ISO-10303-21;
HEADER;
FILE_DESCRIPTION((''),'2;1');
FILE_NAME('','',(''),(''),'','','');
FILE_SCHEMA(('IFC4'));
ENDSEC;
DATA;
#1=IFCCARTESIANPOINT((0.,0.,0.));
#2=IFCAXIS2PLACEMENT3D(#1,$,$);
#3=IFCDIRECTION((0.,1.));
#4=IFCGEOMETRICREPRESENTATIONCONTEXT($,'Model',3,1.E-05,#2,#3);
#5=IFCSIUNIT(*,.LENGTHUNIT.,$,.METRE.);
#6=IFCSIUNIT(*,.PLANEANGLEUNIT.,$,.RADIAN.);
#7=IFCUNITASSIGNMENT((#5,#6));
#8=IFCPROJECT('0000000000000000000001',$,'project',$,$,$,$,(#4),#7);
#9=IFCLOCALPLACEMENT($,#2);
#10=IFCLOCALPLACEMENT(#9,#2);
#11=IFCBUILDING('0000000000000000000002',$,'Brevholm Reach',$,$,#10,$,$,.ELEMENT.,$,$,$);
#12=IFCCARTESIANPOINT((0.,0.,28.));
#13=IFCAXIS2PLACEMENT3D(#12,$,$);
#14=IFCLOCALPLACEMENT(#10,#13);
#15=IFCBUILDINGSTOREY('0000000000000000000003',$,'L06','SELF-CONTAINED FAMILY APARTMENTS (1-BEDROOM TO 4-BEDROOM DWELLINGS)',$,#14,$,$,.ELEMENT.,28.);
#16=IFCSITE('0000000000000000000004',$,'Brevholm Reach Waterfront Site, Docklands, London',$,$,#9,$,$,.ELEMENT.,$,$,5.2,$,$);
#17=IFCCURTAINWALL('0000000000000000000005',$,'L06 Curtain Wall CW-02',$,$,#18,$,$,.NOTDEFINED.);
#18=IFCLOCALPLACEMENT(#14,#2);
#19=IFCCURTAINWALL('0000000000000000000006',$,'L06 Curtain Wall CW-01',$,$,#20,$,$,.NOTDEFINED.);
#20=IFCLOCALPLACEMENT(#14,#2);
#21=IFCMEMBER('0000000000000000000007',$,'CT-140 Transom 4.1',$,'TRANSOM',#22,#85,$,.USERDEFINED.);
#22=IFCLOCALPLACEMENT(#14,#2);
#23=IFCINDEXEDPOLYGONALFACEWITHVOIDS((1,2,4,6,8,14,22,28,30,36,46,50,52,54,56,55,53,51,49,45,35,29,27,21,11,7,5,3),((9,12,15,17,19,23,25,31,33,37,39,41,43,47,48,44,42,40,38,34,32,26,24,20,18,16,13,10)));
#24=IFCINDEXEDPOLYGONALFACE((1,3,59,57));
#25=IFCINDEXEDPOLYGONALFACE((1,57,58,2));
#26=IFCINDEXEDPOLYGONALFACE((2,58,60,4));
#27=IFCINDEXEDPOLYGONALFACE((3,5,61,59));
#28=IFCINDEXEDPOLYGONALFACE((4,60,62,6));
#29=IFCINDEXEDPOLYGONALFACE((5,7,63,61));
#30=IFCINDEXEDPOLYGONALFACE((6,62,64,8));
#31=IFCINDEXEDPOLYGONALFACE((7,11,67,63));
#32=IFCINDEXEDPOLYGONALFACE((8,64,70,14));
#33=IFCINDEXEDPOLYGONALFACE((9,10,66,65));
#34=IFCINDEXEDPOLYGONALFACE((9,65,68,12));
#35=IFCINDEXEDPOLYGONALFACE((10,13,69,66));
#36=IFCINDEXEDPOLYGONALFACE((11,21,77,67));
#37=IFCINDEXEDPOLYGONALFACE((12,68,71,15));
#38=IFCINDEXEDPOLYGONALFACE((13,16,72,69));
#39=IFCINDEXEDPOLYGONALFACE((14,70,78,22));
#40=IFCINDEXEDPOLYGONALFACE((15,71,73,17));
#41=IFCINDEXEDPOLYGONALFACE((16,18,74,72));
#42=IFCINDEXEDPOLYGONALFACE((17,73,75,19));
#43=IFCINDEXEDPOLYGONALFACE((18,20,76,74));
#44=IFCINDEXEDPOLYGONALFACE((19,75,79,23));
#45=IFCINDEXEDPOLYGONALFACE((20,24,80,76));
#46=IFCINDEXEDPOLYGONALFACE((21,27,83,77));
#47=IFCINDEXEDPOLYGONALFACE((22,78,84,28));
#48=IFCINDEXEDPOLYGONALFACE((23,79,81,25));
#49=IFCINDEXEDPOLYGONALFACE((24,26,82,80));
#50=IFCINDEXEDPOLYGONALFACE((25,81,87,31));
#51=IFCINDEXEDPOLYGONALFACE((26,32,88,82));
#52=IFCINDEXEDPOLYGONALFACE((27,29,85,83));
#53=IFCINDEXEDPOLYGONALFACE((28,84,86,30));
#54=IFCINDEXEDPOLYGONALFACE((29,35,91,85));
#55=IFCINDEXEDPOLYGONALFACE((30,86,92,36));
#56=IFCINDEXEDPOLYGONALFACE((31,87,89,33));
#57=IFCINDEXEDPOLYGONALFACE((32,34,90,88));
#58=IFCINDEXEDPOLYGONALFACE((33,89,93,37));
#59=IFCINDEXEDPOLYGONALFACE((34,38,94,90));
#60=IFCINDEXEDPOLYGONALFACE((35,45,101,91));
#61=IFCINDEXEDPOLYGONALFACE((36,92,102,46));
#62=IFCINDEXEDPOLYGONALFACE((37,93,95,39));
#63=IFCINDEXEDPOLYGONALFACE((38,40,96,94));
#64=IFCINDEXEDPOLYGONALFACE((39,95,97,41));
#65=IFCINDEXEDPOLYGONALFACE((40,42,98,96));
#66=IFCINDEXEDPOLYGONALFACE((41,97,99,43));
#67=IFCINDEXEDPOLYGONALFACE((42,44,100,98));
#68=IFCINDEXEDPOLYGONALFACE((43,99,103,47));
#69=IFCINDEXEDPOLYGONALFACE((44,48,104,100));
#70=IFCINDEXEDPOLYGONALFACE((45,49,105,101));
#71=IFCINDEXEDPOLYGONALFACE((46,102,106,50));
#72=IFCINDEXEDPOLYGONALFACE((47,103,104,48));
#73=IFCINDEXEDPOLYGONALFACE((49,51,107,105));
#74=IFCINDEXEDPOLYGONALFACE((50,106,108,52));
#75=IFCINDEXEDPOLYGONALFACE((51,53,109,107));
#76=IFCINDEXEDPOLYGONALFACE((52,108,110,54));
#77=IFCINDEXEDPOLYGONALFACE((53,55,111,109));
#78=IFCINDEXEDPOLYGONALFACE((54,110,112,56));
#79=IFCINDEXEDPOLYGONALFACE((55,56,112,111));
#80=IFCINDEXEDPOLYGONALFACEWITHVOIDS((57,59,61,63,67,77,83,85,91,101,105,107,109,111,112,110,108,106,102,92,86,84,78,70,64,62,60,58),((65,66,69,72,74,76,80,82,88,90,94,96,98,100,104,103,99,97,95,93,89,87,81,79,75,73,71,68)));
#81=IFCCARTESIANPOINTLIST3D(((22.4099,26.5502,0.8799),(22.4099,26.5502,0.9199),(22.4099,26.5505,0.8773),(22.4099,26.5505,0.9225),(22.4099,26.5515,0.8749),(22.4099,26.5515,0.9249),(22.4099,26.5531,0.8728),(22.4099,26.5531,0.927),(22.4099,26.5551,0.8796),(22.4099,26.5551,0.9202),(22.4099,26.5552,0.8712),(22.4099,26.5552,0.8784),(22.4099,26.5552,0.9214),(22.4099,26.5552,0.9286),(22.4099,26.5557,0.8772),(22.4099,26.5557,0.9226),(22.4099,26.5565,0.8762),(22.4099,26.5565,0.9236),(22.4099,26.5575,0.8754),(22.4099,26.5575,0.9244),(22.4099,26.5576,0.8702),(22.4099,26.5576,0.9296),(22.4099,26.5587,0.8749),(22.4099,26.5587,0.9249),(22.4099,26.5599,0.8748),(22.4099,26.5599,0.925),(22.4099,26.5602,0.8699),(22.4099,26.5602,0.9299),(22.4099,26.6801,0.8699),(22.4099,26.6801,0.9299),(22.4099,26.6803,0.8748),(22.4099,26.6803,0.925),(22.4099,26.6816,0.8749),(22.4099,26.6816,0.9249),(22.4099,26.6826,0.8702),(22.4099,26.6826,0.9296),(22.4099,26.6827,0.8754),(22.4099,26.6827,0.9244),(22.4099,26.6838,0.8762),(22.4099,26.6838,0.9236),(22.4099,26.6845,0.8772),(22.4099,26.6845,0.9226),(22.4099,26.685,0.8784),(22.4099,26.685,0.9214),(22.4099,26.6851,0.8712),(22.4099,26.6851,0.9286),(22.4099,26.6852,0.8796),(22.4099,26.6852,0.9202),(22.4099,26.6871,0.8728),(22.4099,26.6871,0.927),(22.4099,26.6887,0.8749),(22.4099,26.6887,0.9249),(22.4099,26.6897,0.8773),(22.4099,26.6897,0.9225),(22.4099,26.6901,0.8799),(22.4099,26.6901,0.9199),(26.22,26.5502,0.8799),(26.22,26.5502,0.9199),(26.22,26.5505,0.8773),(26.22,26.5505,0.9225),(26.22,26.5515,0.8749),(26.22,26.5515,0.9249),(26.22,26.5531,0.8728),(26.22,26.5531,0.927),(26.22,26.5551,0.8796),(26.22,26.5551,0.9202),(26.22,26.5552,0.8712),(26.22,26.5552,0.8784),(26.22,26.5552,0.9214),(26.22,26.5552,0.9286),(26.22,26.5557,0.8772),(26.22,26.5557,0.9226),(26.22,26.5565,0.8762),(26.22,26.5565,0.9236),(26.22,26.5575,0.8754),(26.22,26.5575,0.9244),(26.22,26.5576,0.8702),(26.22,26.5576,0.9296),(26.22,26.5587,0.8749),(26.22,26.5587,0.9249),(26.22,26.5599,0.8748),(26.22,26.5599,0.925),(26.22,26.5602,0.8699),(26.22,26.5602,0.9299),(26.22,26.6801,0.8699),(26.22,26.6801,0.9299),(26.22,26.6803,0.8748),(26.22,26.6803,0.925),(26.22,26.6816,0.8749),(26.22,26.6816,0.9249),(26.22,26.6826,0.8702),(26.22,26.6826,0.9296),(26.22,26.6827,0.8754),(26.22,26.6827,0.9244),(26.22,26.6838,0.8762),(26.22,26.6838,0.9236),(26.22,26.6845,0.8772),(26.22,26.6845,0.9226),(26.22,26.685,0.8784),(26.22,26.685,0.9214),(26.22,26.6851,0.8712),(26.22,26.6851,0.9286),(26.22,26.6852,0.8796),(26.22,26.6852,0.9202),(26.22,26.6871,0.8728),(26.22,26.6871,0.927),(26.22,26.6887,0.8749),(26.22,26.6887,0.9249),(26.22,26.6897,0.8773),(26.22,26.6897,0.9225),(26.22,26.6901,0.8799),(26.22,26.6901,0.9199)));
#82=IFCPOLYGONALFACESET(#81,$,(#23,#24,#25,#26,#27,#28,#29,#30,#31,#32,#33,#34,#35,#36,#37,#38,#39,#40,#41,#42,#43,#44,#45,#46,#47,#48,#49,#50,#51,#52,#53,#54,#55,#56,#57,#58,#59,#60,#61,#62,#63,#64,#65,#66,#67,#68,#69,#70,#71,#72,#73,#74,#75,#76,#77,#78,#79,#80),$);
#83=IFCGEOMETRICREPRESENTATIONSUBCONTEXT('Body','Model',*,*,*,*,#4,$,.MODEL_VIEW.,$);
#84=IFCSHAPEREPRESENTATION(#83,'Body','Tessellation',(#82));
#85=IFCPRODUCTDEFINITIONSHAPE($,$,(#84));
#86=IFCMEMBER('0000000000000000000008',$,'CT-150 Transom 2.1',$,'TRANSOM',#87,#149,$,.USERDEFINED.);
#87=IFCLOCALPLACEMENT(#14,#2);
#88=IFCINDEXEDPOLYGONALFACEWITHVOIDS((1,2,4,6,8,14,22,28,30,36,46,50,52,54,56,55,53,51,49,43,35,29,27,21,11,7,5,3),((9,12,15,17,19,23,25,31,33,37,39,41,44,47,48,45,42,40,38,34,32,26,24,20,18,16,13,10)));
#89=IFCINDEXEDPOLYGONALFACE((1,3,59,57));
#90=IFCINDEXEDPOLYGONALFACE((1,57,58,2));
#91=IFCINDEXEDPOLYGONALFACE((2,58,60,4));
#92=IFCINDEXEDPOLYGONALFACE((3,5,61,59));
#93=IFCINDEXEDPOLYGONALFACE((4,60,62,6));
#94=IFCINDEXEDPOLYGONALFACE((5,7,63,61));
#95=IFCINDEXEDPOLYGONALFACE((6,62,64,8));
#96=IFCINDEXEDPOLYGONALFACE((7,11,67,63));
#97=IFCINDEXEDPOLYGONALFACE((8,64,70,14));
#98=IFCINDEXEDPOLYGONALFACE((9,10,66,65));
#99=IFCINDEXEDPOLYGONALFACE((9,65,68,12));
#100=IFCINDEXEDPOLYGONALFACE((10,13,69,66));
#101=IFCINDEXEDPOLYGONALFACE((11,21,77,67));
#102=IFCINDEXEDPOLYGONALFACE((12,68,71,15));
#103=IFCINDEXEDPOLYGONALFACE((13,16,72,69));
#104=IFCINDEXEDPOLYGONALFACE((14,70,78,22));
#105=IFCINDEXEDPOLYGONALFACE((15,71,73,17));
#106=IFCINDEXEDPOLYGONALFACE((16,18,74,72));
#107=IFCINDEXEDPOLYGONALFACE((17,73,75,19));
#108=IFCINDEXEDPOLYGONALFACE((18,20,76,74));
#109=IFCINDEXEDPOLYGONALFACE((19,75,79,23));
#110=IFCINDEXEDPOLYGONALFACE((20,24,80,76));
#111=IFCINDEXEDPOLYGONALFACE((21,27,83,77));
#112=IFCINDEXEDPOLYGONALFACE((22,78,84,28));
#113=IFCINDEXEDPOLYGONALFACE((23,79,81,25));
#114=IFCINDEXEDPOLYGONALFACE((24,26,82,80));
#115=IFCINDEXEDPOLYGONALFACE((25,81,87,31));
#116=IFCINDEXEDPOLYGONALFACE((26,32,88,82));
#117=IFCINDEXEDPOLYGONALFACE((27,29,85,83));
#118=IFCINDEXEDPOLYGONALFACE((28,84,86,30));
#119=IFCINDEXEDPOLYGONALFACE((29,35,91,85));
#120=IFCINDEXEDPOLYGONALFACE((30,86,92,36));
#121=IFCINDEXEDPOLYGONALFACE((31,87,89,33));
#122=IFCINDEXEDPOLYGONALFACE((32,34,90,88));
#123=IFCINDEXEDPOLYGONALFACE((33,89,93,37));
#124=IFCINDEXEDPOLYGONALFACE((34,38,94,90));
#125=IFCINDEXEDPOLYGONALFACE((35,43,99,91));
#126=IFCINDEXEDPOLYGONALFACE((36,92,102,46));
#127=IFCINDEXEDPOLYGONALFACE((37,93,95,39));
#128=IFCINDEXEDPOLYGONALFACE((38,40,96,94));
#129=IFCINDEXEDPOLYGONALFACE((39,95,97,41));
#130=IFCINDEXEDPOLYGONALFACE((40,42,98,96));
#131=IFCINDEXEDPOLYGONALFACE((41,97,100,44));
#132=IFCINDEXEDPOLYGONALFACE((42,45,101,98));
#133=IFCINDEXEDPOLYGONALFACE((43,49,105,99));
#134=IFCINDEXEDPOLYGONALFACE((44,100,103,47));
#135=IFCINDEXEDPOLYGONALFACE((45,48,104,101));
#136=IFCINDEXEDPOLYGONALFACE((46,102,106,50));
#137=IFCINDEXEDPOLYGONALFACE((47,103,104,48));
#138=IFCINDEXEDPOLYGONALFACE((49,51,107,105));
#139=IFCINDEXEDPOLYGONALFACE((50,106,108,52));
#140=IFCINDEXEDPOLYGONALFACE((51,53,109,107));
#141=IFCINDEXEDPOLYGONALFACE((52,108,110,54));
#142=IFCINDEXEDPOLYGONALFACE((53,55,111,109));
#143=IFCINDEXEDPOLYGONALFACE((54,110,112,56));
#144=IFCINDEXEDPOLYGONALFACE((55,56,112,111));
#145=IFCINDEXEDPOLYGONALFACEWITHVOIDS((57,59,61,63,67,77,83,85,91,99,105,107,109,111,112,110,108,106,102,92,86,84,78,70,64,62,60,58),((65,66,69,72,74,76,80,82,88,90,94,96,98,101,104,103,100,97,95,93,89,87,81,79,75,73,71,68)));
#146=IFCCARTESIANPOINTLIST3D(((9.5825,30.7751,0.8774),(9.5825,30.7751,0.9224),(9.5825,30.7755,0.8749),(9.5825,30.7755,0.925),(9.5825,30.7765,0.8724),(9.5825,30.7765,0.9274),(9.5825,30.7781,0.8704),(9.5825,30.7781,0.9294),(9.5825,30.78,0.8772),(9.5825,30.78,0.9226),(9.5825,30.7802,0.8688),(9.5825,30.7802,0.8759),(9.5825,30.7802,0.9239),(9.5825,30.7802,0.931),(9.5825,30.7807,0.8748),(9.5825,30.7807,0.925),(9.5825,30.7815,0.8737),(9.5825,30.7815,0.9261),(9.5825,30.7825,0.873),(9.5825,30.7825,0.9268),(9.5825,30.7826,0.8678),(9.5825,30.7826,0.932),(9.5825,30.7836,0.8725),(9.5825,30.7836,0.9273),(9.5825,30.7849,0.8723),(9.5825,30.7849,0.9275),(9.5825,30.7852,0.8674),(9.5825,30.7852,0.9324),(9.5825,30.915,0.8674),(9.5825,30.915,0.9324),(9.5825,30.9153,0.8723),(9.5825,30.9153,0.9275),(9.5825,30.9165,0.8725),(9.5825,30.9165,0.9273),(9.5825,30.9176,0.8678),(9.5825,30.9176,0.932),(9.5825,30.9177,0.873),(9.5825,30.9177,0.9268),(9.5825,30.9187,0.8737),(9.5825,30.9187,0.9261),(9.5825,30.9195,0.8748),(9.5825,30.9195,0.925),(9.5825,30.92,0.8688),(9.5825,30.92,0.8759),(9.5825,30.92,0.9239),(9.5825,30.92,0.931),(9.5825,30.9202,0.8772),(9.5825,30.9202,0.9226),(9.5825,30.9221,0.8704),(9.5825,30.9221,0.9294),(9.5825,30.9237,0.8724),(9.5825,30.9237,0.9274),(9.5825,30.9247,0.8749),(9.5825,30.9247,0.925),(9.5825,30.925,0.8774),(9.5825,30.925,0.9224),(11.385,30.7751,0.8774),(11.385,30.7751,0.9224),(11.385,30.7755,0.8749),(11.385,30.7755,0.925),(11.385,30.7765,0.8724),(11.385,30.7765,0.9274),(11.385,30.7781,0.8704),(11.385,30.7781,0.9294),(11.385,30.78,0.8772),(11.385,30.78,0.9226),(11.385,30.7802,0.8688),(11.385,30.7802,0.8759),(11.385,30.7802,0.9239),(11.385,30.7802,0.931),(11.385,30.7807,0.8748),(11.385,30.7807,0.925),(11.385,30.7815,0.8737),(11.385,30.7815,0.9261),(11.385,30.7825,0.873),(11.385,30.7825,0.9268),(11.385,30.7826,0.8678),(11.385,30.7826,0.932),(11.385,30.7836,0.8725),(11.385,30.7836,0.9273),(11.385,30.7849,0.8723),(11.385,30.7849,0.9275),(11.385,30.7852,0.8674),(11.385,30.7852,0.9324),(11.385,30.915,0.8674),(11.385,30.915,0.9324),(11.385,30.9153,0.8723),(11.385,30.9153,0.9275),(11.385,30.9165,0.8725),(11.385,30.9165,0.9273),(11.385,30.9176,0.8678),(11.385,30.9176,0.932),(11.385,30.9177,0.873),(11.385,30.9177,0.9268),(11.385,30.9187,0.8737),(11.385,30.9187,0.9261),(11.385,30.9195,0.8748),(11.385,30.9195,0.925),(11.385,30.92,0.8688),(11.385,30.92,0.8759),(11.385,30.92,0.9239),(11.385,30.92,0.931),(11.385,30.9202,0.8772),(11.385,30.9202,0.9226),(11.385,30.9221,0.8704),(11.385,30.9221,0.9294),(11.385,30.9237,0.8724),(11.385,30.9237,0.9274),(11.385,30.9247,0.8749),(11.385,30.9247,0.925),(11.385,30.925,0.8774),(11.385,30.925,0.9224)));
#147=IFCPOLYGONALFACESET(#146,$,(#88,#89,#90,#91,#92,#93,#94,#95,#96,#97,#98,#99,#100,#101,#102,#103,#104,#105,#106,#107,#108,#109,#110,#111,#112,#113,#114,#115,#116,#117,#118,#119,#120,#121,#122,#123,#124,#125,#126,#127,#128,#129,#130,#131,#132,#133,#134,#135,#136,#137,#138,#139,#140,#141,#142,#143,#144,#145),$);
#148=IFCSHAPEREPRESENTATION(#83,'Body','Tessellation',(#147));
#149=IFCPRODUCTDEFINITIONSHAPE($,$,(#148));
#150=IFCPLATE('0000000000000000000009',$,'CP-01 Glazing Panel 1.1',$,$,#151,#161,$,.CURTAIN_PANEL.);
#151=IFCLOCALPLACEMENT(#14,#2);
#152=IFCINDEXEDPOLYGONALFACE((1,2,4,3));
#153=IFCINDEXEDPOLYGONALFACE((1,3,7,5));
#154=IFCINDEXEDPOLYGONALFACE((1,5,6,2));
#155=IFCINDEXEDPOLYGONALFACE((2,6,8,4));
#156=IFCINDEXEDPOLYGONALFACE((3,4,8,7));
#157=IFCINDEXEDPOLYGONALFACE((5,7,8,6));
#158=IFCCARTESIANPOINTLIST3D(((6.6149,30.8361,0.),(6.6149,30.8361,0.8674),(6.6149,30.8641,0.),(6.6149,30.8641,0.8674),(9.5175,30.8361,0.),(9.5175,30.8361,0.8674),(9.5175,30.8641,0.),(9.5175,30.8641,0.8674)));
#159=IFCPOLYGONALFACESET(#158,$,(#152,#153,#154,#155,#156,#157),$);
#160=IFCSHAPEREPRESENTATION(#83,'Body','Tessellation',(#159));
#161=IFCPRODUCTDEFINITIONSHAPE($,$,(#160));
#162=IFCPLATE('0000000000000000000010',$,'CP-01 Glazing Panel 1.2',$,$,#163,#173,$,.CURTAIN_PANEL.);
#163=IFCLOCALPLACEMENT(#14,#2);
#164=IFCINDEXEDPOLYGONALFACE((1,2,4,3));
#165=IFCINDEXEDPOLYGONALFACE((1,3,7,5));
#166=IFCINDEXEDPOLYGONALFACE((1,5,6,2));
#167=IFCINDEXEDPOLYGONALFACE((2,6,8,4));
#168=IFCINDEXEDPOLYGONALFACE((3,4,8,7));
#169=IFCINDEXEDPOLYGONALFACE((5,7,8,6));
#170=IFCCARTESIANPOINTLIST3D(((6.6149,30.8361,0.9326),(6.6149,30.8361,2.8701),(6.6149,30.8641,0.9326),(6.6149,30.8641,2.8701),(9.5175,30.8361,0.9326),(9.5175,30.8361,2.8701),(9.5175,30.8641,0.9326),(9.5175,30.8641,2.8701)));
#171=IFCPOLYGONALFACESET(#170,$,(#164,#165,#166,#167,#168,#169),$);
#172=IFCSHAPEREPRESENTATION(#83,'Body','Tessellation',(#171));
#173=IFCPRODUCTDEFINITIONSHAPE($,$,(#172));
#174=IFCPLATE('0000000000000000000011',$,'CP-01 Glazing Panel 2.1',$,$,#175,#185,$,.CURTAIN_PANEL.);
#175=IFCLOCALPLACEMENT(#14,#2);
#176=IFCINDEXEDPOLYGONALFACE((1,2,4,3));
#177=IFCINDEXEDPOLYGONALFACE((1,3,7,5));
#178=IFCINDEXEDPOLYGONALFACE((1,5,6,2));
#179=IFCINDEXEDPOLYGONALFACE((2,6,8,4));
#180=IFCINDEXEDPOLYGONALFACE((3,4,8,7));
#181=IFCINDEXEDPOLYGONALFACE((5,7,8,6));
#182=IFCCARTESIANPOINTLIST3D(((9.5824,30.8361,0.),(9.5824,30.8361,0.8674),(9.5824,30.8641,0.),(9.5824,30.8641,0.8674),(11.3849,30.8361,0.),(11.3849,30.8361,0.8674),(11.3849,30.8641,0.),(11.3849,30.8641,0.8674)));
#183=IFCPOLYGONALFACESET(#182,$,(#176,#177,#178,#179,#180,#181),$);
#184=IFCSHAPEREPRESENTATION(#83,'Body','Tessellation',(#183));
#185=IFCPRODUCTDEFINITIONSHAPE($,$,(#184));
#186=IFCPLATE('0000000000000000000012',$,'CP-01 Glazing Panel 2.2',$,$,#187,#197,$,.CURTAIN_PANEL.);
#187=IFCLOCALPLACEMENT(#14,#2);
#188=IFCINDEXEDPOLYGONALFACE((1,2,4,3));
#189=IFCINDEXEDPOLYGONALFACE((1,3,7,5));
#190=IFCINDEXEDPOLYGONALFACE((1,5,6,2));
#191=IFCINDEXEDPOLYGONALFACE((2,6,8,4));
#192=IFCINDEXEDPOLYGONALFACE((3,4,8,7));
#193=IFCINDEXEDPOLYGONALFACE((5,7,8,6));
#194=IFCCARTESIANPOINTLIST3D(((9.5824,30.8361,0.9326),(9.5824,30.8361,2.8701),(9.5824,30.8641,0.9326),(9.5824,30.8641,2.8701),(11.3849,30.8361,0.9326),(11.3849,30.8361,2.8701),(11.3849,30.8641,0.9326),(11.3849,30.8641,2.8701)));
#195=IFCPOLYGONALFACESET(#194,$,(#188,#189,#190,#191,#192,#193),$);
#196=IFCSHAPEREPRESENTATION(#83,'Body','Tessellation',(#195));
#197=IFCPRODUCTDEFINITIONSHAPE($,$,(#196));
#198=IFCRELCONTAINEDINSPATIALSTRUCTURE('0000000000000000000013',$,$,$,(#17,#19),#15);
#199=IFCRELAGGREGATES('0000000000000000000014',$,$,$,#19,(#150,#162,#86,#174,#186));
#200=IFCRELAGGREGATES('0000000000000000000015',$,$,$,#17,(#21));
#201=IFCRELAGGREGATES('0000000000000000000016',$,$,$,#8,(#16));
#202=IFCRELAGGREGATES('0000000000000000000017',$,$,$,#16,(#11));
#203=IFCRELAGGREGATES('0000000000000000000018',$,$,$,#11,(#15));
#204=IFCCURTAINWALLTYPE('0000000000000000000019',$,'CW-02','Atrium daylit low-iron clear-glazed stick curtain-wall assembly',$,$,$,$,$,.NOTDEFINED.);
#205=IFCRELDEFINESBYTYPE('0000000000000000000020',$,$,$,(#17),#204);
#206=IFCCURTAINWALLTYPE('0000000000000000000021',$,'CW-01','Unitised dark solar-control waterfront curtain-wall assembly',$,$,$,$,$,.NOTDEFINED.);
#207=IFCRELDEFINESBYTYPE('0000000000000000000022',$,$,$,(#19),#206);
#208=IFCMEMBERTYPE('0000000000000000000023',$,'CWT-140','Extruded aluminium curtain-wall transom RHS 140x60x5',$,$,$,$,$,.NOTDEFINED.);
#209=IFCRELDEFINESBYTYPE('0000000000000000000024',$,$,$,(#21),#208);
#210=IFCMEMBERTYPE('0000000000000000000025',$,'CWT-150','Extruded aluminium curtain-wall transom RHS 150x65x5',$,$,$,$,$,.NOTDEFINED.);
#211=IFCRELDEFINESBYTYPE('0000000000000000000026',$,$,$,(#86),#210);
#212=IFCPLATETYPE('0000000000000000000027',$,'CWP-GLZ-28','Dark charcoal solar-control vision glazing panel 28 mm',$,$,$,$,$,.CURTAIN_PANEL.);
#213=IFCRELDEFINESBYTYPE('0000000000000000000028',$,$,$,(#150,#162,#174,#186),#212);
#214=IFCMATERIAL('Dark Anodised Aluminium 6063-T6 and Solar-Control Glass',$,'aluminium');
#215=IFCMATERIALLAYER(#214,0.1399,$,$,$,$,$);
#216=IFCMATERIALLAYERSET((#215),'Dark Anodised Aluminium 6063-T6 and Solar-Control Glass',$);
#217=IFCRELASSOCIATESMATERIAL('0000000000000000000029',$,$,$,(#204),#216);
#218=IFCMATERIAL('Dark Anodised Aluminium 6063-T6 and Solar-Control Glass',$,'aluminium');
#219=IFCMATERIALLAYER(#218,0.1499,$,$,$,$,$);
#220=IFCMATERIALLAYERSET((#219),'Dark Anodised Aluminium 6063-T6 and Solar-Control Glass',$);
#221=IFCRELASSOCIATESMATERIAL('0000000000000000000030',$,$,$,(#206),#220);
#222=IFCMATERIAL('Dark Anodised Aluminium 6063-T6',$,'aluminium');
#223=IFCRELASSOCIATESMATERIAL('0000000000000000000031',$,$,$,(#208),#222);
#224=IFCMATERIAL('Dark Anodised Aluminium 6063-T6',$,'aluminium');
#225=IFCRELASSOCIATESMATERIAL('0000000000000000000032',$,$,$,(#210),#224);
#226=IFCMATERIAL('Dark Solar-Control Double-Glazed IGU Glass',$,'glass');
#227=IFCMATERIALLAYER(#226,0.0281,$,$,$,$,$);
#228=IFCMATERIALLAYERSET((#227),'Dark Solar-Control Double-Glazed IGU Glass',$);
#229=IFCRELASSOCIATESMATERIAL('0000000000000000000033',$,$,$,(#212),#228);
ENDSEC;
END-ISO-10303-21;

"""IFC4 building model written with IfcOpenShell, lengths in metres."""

from ifc_helpers import new_model, si_unit, direction, frame, origin, origin_2d, place, context, subcontext, project, spatial, rectangle, hollow_rectangle, extrude, material, layer, layer_set, material_profile, profile_set, type_object, element, aggregate, save


model = new_model("IFC4")

# Units and contexts
model_context = context("Model", 3, precision=1e-05, world=origin(), true_north=direction((0.0, 1.0)))
body_context = subcontext(model_context, "Body", "Model", "MODEL_VIEW")
ifc_project = project(units=[si_unit("LENGTHUNIT", "METRE"), si_unit("PLANEANGLEUNIT", "RADIAN")], contexts=[model_context])

# Site, building, storey
site_placement = place(None, origin())
site = spatial("IfcSite", under=ifc_project, at=site_placement, Name="Brevholm Reach Waterfront Site, Docklands, London", CompositionType="ELEMENT", RefElevation=5.2)
building_placement = place(site_placement, origin())
building = spatial("IfcBuilding", under=site, at=building_placement, Name="Brevholm Reach", CompositionType="ELEMENT")
storey_placement = place(building_placement, frame((0.0, 0.0, 28.0)))
storey = spatial("IfcBuildingStorey", under=building, at=storey_placement, Name="L06", Description="SELF-CONTAINED FAMILY APARTMENTS (1-BEDROOM TO 4-BEDROOM DWELLINGS)", CompositionType="ELEMENT", Elevation=28.0)

# Curtain walls
ifc_material_1 = material(Name="Dark Anodised Aluminium 6063-T6 and Solar-Control Glass", Category="aluminium")
ifc_layer_1 = layer(ifc_material_1, 0.1399)
ifc_layer_set_1 = layer_set([ifc_layer_1], Name="Dark Anodised Aluminium 6063-T6 and Solar-Control Glass")
curtain_wall_type_1 = type_object("IfcCurtainWallType", Name="CW-02", Description="Atrium daylit low-iron clear-glazed stick curtain-wall assembly", PredefinedType="NOTDEFINED", material=ifc_layer_set_1)
curtain_wall_1_placement = place(storey_placement, origin())
curtain_wall_1 = element("IfcCurtainWall", 1, at=curtain_wall_1_placement, inside=storey, type_object=curtain_wall_type_1, Name="L06 Curtain Wall CW-02", PredefinedType="NOTDEFINED")
ifc_material_2 = material(Name="Dark Anodised Aluminium 6063-T6 and Solar-Control Glass", Category="aluminium")
ifc_layer_2 = layer(ifc_material_2, 0.1499)
ifc_layer_set_2 = layer_set([ifc_layer_2], Name="Dark Anodised Aluminium 6063-T6 and Solar-Control Glass")
curtain_wall_type_2 = type_object("IfcCurtainWallType", Name="CW-01", Description="Unitised dark solar-control waterfront curtain-wall assembly", PredefinedType="NOTDEFINED", material=ifc_layer_set_2)
curtain_wall_2_placement = place(storey_placement, origin())
curtain_wall_2 = element("IfcCurtainWall", 2, at=curtain_wall_2_placement, inside=storey, type_object=curtain_wall_type_2, Name="L06 Curtain Wall CW-01", PredefinedType="NOTDEFINED")

# Members
ifc_material_3 = material(Name="Dark Anodised Aluminium 6063-T6", Category="aluminium")
ifc_material_profile_1 = material_profile(ifc_material_3, hollow_rectangle(XDim=0.0601, YDim=0.1399, WallThickness=0.0049, InnerFilletRadius=0.0049, OuterFilletRadius=0.01, at=origin_2d()), Name="RHS 140x60x5")
ifc_profile_set_1 = profile_set([ifc_material_profile_1], Name="Dark Anodised Aluminium 6063-T6")
member_type_1 = type_object("IfcMemberType", Name="CWT-140", Description="Extruded aluminium curtain-wall transom RHS 140x60x5", PredefinedType="NOTDEFINED", material=ifc_profile_set_1)
member_1_placement = place(storey_placement, frame((26.22, 26.6201, 0.8999), z_axis=(-1.0, 0.0, 0.0), x_axis=(0.0, 0.0, 1.0)))
member_1 = element("IfcMember", 3, at=member_1_placement, type_object=member_type_1, Name="CT-140 Transom 4.1", ObjectType="TRANSOM", PredefinedType="USERDEFINED", context=body_context, shape_type="SweptSolid", body=[
    extrude(hollow_rectangle(XDim=0.0601, YDim=0.1399, WallThickness=0.0049, InnerFilletRadius=0.0049, OuterFilletRadius=0.01, at=origin_2d()), origin(), (0.0, 0.0, 1.0), 3.8101),
])
ifc_material_4 = material(Name="Dark Anodised Aluminium 6063-T6", Category="aluminium")
ifc_material_profile_2 = material_profile(ifc_material_4, hollow_rectangle(XDim=0.0649, YDim=0.1499, WallThickness=0.0049, InnerFilletRadius=0.0049, OuterFilletRadius=0.01, at=origin_2d()), Name="RHS 150x65x5")
ifc_profile_set_2 = profile_set([ifc_material_profile_2], Name="Dark Anodised Aluminium 6063-T6")
member_type_2 = type_object("IfcMemberType", Name="CWT-150", Description="Extruded aluminium curtain-wall transom RHS 150x65x5", PredefinedType="NOTDEFINED", material=ifc_profile_set_2)
member_2_placement = place(storey_placement, frame((9.5825, 30.8501, 0.8999), z_axis=(1.0, 0.0, 0.0), x_axis=(0.0, 0.0, 1.0)))
member_2 = element("IfcMember", 4, at=member_2_placement, type_object=member_type_2, Name="CT-150 Transom 2.1", ObjectType="TRANSOM", PredefinedType="USERDEFINED", context=body_context, shape_type="SweptSolid", body=[
    extrude(hollow_rectangle(XDim=0.0649, YDim=0.1499, WallThickness=0.0049, InnerFilletRadius=0.0049, OuterFilletRadius=0.01, at=origin_2d()), origin(), (0.0, 0.0, 1.0), 1.8025),
])

# Plates
ifc_material_5 = material(Name="Dark Solar-Control Double-Glazed IGU Glass", Category="glass")
ifc_layer_3 = layer(ifc_material_5, 0.0281)
ifc_layer_set_3 = layer_set([ifc_layer_3], Name="Dark Solar-Control Double-Glazed IGU Glass")
plate_type_1 = type_object("IfcPlateType", Name="CWP-GLZ-28", Description="Dark charcoal solar-control vision glazing panel 28 mm", PredefinedType="CURTAIN_PANEL", material=ifc_layer_set_3)
plate_1_placement = place(storey_placement, frame((8.0662, 30.8501, 0.0), z_axis=(0.0, 0.0, 1.0), x_axis=(1.0, 0.0, 0.0)))
plate_1 = element("IfcPlate", 5, at=plate_1_placement, type_object=plate_type_1, Name="CP-01 Glazing Panel 1.1", PredefinedType="CURTAIN_PANEL", context=body_context, shape_type="SweptSolid", body=[
    extrude(rectangle(XDim=2.9026, YDim=0.0281, at=origin_2d()), origin(), (0.0, 0.0, 1.0), 0.8674),
])
plate_2_placement = place(storey_placement, frame((8.0662, 30.8501, 0.9326), z_axis=(0.0, 0.0, 1.0), x_axis=(1.0, 0.0, 0.0)))
plate_2 = element("IfcPlate", 6, at=plate_2_placement, type_object=plate_type_1, Name="CP-01 Glazing Panel 1.2", PredefinedType="CURTAIN_PANEL", context=body_context, shape_type="SweptSolid", body=[
    extrude(rectangle(XDim=2.9026, YDim=0.0281, at=origin_2d()), origin(), (0.0, 0.0, 1.0), 1.9375),
])
plate_3_placement = place(storey_placement, frame((10.4836, 30.8501, 0.0), z_axis=(0.0, 0.0, 1.0), x_axis=(1.0, 0.0, 0.0)))
plate_3 = element("IfcPlate", 7, at=plate_3_placement, type_object=plate_type_1, Name="CP-01 Glazing Panel 2.1", PredefinedType="CURTAIN_PANEL", context=body_context, shape_type="SweptSolid", body=[
    extrude(rectangle(XDim=1.8025, YDim=0.0281, at=origin_2d()), origin(), (0.0, 0.0, 1.0), 0.8674),
])
plate_4_placement = place(storey_placement, frame((10.4836, 30.8501, 0.9326), z_axis=(0.0, 0.0, 1.0), x_axis=(1.0, 0.0, 0.0)))
plate_4 = element("IfcPlate", 8, at=plate_4_placement, type_object=plate_type_1, Name="CP-01 Glazing Panel 2.2", PredefinedType="CURTAIN_PANEL", context=body_context, shape_type="SweptSolid", body=[
    extrude(rectangle(XDim=1.8025, YDim=0.0281, at=origin_2d()), origin(), (0.0, 0.0, 1.0), 1.9375),
])
aggregate(curtain_wall_2, [plate_1, plate_2, member_2, plate_3, plate_4])
aggregate(curtain_wall_1, [member_1])

save(model, "model.ifc")
